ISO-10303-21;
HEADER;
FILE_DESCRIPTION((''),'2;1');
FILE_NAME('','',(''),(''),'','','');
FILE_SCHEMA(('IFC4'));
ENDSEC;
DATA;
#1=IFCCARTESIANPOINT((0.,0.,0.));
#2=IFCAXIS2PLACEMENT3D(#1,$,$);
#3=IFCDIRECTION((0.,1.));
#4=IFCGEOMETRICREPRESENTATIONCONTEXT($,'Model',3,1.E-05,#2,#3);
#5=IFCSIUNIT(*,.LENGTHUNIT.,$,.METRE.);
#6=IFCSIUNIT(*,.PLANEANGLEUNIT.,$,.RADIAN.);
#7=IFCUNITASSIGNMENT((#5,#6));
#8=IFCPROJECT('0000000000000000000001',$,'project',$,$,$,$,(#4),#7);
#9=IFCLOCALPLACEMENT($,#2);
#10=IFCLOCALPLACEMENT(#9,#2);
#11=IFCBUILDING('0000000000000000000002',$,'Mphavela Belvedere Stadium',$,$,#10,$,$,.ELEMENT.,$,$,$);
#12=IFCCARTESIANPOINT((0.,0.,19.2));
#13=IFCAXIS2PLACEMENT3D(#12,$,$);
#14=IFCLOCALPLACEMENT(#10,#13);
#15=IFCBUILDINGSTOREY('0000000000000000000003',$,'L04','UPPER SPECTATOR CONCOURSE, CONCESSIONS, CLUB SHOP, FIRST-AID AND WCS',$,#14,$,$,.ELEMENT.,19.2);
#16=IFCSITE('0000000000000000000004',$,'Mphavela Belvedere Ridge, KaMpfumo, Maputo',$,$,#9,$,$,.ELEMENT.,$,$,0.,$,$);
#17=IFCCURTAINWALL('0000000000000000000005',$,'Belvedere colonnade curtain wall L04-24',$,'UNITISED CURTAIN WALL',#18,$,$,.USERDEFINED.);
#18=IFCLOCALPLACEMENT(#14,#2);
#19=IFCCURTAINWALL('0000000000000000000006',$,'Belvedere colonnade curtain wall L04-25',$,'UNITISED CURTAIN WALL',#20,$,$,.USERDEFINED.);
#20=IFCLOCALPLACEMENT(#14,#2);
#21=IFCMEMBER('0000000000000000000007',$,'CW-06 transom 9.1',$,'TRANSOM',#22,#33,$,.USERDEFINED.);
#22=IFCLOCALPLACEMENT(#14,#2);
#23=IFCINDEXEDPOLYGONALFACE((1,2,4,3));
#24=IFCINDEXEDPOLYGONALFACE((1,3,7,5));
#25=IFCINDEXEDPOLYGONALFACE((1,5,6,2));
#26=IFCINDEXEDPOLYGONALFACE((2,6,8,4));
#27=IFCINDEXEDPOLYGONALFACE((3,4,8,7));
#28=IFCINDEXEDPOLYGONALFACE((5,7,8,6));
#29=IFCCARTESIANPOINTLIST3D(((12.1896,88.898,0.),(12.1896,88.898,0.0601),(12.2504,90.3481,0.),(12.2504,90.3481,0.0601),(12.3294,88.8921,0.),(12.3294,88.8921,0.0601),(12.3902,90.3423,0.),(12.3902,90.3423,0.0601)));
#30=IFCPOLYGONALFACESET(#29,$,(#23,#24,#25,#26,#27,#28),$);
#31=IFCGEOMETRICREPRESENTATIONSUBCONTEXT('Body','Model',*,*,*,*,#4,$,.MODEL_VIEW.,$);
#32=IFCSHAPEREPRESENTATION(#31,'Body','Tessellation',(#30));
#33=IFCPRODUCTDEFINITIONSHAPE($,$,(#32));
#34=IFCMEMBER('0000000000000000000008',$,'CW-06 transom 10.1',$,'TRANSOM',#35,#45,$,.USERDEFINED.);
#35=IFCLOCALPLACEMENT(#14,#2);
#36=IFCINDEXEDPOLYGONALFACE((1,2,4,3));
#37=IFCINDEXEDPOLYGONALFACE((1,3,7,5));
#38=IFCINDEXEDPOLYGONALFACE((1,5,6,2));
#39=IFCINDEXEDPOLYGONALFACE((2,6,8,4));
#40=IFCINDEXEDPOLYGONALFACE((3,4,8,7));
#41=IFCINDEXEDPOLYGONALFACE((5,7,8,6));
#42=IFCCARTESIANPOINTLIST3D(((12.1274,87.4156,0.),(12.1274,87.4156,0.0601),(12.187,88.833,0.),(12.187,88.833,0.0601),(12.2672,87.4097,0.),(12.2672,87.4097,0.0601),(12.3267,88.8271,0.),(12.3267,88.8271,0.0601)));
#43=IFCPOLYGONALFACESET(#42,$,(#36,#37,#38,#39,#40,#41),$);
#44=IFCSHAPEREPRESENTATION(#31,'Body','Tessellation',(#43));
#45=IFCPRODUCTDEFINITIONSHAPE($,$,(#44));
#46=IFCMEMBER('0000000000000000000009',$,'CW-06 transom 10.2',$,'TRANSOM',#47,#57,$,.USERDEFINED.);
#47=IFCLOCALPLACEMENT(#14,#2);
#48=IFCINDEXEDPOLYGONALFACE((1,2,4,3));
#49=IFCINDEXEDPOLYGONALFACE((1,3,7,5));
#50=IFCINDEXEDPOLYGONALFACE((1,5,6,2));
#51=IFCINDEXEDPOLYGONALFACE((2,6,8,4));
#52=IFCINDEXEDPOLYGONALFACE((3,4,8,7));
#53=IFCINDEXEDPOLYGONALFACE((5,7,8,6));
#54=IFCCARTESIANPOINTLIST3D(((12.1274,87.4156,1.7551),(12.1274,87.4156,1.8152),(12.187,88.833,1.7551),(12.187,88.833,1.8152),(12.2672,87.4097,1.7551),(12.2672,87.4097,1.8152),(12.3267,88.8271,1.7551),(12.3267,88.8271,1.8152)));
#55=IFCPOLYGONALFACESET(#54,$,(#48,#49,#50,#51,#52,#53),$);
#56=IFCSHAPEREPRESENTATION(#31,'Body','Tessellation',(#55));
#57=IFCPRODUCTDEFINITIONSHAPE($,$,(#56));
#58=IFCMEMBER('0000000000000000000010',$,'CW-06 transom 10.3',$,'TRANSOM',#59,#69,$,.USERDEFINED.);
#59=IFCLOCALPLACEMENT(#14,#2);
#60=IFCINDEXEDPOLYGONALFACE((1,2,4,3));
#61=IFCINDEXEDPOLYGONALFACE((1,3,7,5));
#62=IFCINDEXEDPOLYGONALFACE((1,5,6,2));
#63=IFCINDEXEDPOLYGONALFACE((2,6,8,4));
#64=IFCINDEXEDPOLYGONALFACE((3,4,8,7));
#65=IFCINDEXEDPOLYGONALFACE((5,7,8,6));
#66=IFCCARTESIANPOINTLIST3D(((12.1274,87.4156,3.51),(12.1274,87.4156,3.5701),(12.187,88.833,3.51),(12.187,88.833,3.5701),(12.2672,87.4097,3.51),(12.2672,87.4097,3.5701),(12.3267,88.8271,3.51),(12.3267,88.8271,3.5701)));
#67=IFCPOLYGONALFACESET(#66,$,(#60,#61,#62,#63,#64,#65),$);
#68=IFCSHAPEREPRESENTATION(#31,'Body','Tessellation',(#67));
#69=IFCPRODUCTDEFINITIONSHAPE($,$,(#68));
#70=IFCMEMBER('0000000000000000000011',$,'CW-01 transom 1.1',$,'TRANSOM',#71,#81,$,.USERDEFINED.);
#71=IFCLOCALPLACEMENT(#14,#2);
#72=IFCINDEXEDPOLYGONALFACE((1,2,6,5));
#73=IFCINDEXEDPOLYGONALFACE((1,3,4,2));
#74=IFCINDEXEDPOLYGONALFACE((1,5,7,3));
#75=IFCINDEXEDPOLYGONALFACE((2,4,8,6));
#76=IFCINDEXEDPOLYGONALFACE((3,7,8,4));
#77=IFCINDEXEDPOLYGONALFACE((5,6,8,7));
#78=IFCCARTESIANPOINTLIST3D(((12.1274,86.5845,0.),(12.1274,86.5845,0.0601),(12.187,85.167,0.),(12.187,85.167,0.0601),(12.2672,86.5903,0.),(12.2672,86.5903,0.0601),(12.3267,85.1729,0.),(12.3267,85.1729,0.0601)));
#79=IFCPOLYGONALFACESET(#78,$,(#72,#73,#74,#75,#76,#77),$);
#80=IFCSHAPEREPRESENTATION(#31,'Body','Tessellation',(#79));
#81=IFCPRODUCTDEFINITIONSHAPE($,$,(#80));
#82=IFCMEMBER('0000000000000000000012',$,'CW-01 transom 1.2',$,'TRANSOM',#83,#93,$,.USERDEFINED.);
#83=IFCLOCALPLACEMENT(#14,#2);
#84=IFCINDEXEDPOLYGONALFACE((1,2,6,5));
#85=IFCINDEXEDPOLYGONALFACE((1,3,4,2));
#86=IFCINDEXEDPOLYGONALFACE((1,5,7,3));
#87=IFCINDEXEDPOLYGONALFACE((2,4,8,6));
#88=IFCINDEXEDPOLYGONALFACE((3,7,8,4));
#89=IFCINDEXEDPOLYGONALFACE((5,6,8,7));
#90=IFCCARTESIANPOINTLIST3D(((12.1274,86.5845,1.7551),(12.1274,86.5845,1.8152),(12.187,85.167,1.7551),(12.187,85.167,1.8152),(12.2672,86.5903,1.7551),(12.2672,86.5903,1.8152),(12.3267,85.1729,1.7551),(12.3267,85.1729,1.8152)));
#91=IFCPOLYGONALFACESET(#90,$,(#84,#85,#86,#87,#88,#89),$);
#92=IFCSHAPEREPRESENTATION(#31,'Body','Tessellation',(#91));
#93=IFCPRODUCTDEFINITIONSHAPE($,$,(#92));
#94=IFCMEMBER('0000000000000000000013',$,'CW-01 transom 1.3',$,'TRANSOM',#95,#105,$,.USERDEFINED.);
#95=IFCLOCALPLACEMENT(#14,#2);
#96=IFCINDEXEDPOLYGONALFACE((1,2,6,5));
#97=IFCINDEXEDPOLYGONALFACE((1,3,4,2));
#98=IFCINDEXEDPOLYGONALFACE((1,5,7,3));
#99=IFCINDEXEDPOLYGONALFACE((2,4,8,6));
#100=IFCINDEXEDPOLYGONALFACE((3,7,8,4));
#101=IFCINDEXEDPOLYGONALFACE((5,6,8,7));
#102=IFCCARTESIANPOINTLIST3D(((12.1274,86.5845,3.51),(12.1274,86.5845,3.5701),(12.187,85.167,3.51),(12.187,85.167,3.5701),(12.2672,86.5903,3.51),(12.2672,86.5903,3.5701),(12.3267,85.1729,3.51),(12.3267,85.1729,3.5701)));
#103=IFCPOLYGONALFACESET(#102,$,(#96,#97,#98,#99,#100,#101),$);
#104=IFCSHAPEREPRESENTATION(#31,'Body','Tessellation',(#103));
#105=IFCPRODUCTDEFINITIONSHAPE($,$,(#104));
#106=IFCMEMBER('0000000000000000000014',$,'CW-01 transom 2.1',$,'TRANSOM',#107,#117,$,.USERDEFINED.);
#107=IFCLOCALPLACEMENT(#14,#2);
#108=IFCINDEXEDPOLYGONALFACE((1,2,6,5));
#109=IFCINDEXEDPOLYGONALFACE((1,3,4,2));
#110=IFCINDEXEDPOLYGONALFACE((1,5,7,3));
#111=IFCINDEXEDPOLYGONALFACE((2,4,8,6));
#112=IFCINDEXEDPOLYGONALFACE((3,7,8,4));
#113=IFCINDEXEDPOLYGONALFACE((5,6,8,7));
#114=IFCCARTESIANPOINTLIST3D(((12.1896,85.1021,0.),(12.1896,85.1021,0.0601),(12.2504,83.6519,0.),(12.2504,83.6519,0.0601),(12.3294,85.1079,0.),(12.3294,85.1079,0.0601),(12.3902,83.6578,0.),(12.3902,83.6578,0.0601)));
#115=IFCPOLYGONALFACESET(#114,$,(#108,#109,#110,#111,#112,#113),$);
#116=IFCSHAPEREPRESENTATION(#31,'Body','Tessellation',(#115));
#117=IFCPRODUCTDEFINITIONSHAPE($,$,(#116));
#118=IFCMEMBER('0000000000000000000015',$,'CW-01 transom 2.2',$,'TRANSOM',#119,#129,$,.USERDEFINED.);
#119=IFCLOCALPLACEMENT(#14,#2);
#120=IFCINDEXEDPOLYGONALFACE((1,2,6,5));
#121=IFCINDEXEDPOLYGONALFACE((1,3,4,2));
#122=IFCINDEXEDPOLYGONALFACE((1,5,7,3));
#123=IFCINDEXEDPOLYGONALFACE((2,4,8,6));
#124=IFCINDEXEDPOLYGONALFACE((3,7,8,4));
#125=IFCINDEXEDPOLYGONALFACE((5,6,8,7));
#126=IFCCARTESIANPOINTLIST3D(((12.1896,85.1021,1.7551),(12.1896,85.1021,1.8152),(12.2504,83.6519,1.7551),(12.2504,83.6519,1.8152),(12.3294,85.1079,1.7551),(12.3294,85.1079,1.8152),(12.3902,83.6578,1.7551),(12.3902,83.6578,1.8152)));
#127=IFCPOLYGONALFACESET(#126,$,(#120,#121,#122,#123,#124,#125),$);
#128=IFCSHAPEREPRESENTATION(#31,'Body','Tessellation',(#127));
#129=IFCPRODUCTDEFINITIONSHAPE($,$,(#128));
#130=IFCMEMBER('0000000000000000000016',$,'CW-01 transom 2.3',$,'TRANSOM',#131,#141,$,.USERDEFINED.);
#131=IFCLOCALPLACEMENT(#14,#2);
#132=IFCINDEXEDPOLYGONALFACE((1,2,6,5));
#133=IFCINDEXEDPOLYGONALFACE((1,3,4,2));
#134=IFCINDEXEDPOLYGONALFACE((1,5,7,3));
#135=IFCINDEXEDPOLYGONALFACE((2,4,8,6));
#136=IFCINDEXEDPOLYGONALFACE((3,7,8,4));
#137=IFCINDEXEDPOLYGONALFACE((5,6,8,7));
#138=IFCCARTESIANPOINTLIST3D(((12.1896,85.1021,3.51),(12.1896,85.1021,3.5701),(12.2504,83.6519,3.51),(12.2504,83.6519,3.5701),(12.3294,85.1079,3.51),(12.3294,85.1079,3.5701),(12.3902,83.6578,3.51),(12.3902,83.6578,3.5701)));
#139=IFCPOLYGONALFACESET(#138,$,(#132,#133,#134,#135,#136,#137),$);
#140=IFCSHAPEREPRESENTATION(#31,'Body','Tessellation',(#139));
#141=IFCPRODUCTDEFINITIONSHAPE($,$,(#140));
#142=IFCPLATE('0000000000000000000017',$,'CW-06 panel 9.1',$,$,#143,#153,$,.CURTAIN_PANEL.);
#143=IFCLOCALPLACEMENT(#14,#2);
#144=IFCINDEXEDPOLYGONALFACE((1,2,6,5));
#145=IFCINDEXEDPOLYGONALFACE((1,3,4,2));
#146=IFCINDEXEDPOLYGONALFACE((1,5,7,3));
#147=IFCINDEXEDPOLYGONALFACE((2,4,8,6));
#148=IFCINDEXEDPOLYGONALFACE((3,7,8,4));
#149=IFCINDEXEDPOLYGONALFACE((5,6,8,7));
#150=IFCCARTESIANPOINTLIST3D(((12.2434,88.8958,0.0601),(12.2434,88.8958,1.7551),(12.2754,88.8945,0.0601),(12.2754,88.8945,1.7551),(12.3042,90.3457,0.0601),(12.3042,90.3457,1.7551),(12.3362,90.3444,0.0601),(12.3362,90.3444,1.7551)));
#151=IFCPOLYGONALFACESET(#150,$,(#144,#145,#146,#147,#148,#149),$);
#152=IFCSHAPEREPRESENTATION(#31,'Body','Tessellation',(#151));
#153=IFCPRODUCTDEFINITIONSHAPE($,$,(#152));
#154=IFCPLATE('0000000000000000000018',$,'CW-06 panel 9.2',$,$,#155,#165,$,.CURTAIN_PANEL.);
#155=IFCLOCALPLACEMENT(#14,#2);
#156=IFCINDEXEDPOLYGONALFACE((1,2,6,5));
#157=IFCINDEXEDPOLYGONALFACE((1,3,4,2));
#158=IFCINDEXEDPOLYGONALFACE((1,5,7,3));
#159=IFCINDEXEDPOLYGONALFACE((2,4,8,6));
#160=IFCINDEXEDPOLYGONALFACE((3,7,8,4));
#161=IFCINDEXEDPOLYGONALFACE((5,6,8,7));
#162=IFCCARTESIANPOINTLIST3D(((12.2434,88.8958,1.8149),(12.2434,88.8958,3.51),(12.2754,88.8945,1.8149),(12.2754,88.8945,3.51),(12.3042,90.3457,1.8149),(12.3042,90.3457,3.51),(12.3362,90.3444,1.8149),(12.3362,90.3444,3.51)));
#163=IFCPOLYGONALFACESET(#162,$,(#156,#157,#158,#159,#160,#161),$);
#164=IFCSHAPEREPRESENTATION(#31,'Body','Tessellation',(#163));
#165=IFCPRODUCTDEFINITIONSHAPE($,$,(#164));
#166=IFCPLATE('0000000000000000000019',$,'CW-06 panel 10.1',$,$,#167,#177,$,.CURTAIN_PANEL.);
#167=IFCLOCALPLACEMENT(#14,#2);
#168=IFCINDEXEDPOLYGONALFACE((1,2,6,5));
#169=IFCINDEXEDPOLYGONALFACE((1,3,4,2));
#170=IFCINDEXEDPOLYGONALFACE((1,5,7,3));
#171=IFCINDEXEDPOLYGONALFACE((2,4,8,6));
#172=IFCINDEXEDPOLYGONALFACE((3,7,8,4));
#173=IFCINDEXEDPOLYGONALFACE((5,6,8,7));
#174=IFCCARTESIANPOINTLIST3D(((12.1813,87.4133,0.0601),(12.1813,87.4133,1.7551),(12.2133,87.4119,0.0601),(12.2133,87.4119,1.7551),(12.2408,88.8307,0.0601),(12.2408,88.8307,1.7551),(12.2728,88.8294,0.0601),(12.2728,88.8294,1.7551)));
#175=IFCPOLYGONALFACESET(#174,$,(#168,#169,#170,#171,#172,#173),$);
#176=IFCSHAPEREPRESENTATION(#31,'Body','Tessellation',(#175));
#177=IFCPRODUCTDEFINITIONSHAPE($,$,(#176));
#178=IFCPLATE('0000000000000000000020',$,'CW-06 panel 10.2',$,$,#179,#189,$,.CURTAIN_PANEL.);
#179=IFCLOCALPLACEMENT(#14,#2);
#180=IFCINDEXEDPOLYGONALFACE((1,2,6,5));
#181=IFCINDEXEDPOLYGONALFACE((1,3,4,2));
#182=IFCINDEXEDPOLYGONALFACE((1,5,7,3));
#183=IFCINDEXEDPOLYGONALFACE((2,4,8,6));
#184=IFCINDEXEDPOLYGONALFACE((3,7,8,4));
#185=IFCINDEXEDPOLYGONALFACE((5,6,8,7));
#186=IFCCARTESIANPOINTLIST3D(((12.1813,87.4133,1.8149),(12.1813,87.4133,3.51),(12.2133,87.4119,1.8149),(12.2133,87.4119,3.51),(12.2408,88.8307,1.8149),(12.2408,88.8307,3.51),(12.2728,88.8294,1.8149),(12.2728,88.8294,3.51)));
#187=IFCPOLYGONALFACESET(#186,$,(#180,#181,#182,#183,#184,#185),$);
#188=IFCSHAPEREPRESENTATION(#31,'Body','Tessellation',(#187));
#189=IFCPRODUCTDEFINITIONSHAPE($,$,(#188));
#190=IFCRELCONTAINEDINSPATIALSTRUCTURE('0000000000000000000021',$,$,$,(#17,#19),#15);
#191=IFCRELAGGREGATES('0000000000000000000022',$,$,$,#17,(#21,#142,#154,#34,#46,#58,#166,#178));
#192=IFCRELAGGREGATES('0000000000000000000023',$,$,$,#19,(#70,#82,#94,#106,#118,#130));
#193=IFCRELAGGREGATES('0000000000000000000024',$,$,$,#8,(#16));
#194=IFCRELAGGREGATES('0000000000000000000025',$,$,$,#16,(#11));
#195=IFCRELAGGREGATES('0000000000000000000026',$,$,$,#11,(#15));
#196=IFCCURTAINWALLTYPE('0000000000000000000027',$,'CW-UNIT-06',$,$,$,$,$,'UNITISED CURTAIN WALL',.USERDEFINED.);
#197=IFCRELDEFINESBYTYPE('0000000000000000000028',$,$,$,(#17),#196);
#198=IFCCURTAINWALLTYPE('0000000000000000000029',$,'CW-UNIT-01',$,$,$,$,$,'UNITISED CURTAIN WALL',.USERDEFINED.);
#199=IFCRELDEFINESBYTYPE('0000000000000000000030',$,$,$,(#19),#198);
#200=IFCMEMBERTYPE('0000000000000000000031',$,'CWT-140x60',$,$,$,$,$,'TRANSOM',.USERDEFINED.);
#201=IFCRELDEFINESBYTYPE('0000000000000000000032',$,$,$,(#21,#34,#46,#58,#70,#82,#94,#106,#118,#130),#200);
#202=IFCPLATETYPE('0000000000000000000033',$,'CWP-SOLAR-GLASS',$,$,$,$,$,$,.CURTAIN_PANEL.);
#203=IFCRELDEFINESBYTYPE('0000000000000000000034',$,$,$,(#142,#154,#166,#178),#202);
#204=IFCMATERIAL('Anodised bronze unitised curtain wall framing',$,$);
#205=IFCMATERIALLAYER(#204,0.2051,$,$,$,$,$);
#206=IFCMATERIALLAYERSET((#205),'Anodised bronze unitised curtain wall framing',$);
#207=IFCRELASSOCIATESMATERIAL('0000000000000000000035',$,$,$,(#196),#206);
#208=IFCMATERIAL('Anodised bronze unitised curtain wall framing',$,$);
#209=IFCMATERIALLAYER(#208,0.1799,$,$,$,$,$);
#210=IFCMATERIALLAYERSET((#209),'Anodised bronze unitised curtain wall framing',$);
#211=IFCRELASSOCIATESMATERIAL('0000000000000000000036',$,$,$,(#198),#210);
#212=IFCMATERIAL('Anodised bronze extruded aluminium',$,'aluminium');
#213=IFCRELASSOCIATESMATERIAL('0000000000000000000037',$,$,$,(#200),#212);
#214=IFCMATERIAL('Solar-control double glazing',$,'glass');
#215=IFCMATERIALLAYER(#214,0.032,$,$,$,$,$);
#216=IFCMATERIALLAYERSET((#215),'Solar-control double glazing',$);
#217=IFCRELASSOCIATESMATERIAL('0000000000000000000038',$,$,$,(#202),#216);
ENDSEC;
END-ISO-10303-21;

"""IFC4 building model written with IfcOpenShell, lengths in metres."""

from ifc_helpers import new_model, si_unit, direction, frame, origin, origin_2d, place, context, subcontext, project, spatial, rectangle, extrude, material, layer, layer_set, material_profile, profile_set, type_object, element, aggregate, save


model = new_model("IFC4")

# Units and contexts
model_context = context("Model", 3, precision=1e-05, world=origin(), true_north=direction((0.0, 1.0)))
body_context = subcontext(model_context, "Body", "Model", "MODEL_VIEW")
ifc_project = project(units=[si_unit("LENGTHUNIT", "METRE"), si_unit("PLANEANGLEUNIT", "RADIAN")], contexts=[model_context])

# Site, building, storey
site_placement = place(None, origin())
site = spatial("IfcSite", under=ifc_project, at=site_placement, Name="Mphavela Belvedere Ridge, KaMpfumo, Maputo", CompositionType="ELEMENT", RefElevation=0.0)
building_placement = place(site_placement, origin())
building = spatial("IfcBuilding", under=site, at=building_placement, Name="Mphavela Belvedere Stadium", CompositionType="ELEMENT")
storey_placement = place(building_placement, frame((0.0, 0.0, 19.2)))
storey = spatial("IfcBuildingStorey", under=building, at=storey_placement, Name="L04", Description="UPPER SPECTATOR CONCOURSE, CONCESSIONS, CLUB SHOP, FIRST-AID AND WCS", CompositionType="ELEMENT", Elevation=19.2)

# Curtain walls
ifc_material_1 = material(Name="Anodised bronze unitised curtain wall framing")
ifc_layer_1 = layer(ifc_material_1, 0.2051)
ifc_layer_set_1 = layer_set([ifc_layer_1], Name="Anodised bronze unitised curtain wall framing")
curtain_wall_type_1 = type_object("IfcCurtainWallType", Name="CW-UNIT-06", ElementType="UNITISED CURTAIN WALL", PredefinedType="USERDEFINED", material=ifc_layer_set_1)
curtain_wall_1_placement = place(storey_placement, origin())
curtain_wall_1 = element("IfcCurtainWall", 1, at=curtain_wall_1_placement, inside=storey, type_object=curtain_wall_type_1, Name="Belvedere colonnade curtain wall L04-24", ObjectType="UNITISED CURTAIN WALL", PredefinedType="USERDEFINED")
ifc_material_2 = material(Name="Anodised bronze unitised curtain wall framing")
ifc_layer_2 = layer(ifc_material_2, 0.1799)
ifc_layer_set_2 = layer_set([ifc_layer_2], Name="Anodised bronze unitised curtain wall framing")
curtain_wall_type_2 = type_object("IfcCurtainWallType", Name="CW-UNIT-01", ElementType="UNITISED CURTAIN WALL", PredefinedType="USERDEFINED", material=ifc_layer_set_2)
curtain_wall_2_placement = place(storey_placement, origin())
curtain_wall_2 = element("IfcCurtainWall", 2, at=curtain_wall_2_placement, inside=storey, type_object=curtain_wall_type_2, Name="Belvedere colonnade curtain wall L04-25", ObjectType="UNITISED CURTAIN WALL", PredefinedType="USERDEFINED")

# Members
ifc_material_3 = material(Name="Anodised bronze extruded aluminium", Category="aluminium")
ifc_material_profile_1 = material_profile(ifc_material_3, rectangle(XDim=0.1399, YDim=0.0601, at=origin_2d()), Name="CW-TRN 140x60")
ifc_profile_set_1 = profile_set([ifc_material_profile_1], Name="Anodised bronze extruded aluminium")
member_type_1 = type_object("IfcMemberType", Name="CWT-140x60", ElementType="TRANSOM", PredefinedType="USERDEFINED", material=ifc_profile_set_1)
member_1_placement = place(storey_placement, frame((12.3203, 90.3452, 0.03), z_axis=(-0.041882, -0.999123, 0.0), x_axis=(0.999123, -0.041882, 0.0)))
member_1 = element("IfcMember", 3, at=member_1_placement, type_object=member_type_1, Name="CW-06 transom 9.1", ObjectType="TRANSOM", PredefinedType="USERDEFINED", context=body_context, shape_type="SweptSolid", body=[
    extrude(rectangle(XDim=0.1399, YDim=0.0601, at=origin_2d()), origin(), (0.0, 0.0, 1.0), 1.4514),
])
member_2_placement = place(storey_placement, frame((12.2568, 88.8301, 0.03), z_axis=(-0.041988, -0.999118, 0.0), x_axis=(0.999118, -0.041988, 0.0)))
member_2 = element("IfcMember", 4, at=member_2_placement, type_object=member_type_1, Name="CW-06 transom 10.1", ObjectType="TRANSOM", PredefinedType="USERDEFINED", context=body_context, shape_type="SweptSolid", body=[
    extrude(rectangle(XDim=0.1399, YDim=0.0601, at=origin_2d()), origin(), (0.0, 0.0, 1.0), 1.4187),
])
member_3_placement = place(storey_placement, frame((12.2568, 88.8301, 1.7852), z_axis=(-0.041988, -0.999118, 0.0), x_axis=(0.999118, -0.041988, 0.0)))
member_3 = element("IfcMember", 5, at=member_3_placement, type_object=member_type_1, Name="CW-06 transom 10.2", ObjectType="TRANSOM", PredefinedType="USERDEFINED", context=body_context, shape_type="SweptSolid", body=[
    extrude(rectangle(XDim=0.1399, YDim=0.0601, at=origin_2d()), origin(), (0.0, 0.0, 1.0), 1.4187),
])
member_4_placement = place(storey_placement, frame((12.2568, 88.8301, 3.54), z_axis=(-0.041988, -0.999118, 0.0), x_axis=(0.999118, -0.041988, 0.0)))
member_4 = element("IfcMember", 6, at=member_4_placement, type_object=member_type_1, Name="CW-06 transom 10.3", ObjectType="TRANSOM", PredefinedType="USERDEFINED", context=body_context, shape_type="SweptSolid", body=[
    extrude(rectangle(XDim=0.1399, YDim=0.0601, at=origin_2d()), origin(), (0.0, 0.0, 1.0), 1.4187),
])
member_5_placement = place(storey_placement, frame((12.1973, 86.5874, 0.03), z_axis=(0.041988, -0.999118, 0.0), x_axis=(0.999118, 0.041988, 0.0)))
member_5 = element("IfcMember", 7, at=member_5_placement, type_object=member_type_1, Name="CW-01 transom 1.1", ObjectType="TRANSOM", PredefinedType="USERDEFINED", context=body_context, shape_type="SweptSolid", body=[
    extrude(rectangle(XDim=0.1399, YDim=0.0601, at=origin_2d()), origin(), (0.0, 0.0, 1.0), 1.4187),
])
member_6_placement = place(storey_placement, frame((12.1973, 86.5874, 1.7852), z_axis=(0.041988, -0.999118, 0.0), x_axis=(0.999118, 0.041988, 0.0)))
member_6 = element("IfcMember", 8, at=member_6_placement, type_object=member_type_1, Name="CW-01 transom 1.2", ObjectType="TRANSOM", PredefinedType="USERDEFINED", context=body_context, shape_type="SweptSolid", body=[
    extrude(rectangle(XDim=0.1399, YDim=0.0601, at=origin_2d()), origin(), (0.0, 0.0, 1.0), 1.4187),
])
member_7_placement = place(storey_placement, frame((12.1973, 86.5874, 3.54), z_axis=(0.041988, -0.999118, 0.0), x_axis=(0.999118, 0.041988, 0.0)))
member_7 = element("IfcMember", 9, at=member_7_placement, type_object=member_type_1, Name="CW-01 transom 1.3", ObjectType="TRANSOM", PredefinedType="USERDEFINED", context=body_context, shape_type="SweptSolid", body=[
    extrude(rectangle(XDim=0.1399, YDim=0.0601, at=origin_2d()), origin(), (0.0, 0.0, 1.0), 1.4187),
])
member_8_placement = place(storey_placement, frame((12.2595, 85.105, 0.03), z_axis=(0.041882, -0.999123, 0.0), x_axis=(0.999123, 0.041882, 0.0)))
member_8 = element("IfcMember", 10, at=member_8_placement, type_object=member_type_1, Name="CW-01 transom 2.1", ObjectType="TRANSOM", PredefinedType="USERDEFINED", context=body_context, shape_type="SweptSolid", body=[
    extrude(rectangle(XDim=0.1399, YDim=0.0601, at=origin_2d()), origin(), (0.0, 0.0, 1.0), 1.4514),
])
member_9_placement = place(storey_placement, frame((12.2595, 85.105, 1.7852), z_axis=(0.041882, -0.999123, 0.0), x_axis=(0.999123, 0.041882, 0.0)))
member_9 = element("IfcMember", 11, at=member_9_placement, type_object=member_type_1, Name="CW-01 transom 2.2", ObjectType="TRANSOM", PredefinedType="USERDEFINED", context=body_context, shape_type="SweptSolid", body=[
    extrude(rectangle(XDim=0.1399, YDim=0.0601, at=origin_2d()), origin(), (0.0, 0.0, 1.0), 1.4514),
])
member_10_placement = place(storey_placement, frame((12.2595, 85.105, 3.54), z_axis=(0.041882, -0.999123, 0.0), x_axis=(0.999123, 0.041882, 0.0)))
member_10 = element("IfcMember", 12, at=member_10_placement, type_object=member_type_1, Name="CW-01 transom 2.3", ObjectType="TRANSOM", PredefinedType="USERDEFINED", context=body_context, shape_type="SweptSolid", body=[
    extrude(rectangle(XDim=0.1399, YDim=0.0601, at=origin_2d()), origin(), (0.0, 0.0, 1.0), 1.4514),
])

# Plates
ifc_material_4 = material(Name="Solar-control double glazing", Category="glass")
ifc_layer_3 = layer(ifc_material_4, 0.032)
ifc_layer_set_3 = layer_set([ifc_layer_3], Name="Solar-control double glazing")
plate_type = type_object("IfcPlateType", Name="CWP-SOLAR-GLASS", PredefinedType="CURTAIN_PANEL", material=ifc_layer_set_3)
plate_1_placement = place(storey_placement, frame((12.2898, 89.6201, 0.0601), z_axis=(0.0, 0.0, 1.0), x_axis=(-0.041905, -0.999122, 0.0)))
plate_1 = element("IfcPlate", 13, at=plate_1_placement, type_object=plate_type, Name="CW-06 panel 9.1", PredefinedType="CURTAIN_PANEL", context=body_context, shape_type="SweptSolid", body=[
    extrude(rectangle(XDim=1.4512, YDim=0.032, at=origin_2d()), origin(), (0.0, 0.0, 1.0), 1.6951),
])
plate_2_placement = place(storey_placement, frame((12.2898, 89.6201, 1.8149), z_axis=(0.0, 0.0, 1.0), x_axis=(-0.041905, -0.999122, 0.0)))
plate_2 = element("IfcPlate", 14, at=plate_2_placement, type_object=plate_type, Name="CW-06 panel 9.2", PredefinedType="CURTAIN_PANEL", context=body_context, shape_type="SweptSolid", body=[
    extrude(rectangle(XDim=1.4512, YDim=0.032, at=origin_2d()), origin(), (0.0, 0.0, 1.0), 1.6951),
])
plate_3_placement = place(storey_placement, frame((12.2271, 88.1213, 0.0601), z_axis=(0.0, 0.0, 1.0), x_axis=(-0.041905, -0.999122, 0.0)))
plate_3 = element("IfcPlate", 15, at=plate_3_placement, type_object=plate_type, Name="CW-06 panel 10.1", PredefinedType="CURTAIN_PANEL", context=body_context, shape_type="SweptSolid", body=[
    extrude(rectangle(XDim=1.4187, YDim=0.032, at=origin_2d()), origin(), (0.0, 0.0, 1.0), 1.6951),
])
plate_4_placement = place(storey_placement, frame((12.2271, 88.1213, 1.8149), z_axis=(0.0, 0.0, 1.0), x_axis=(-0.041905, -0.999122, 0.0)))
plate_4 = element("IfcPlate", 16, at=plate_4_placement, type_object=plate_type, Name="CW-06 panel 10.2", PredefinedType="CURTAIN_PANEL", context=body_context, shape_type="SweptSolid", body=[
    extrude(rectangle(XDim=1.4187, YDim=0.032, at=origin_2d()), origin(), (0.0, 0.0, 1.0), 1.6951),
])
aggregate(curtain_wall_1, [member_1, plate_1, plate_2, member_2, member_3, member_4, plate_3, plate_4])
aggregate(curtain_wall_2, [member_5, member_6, member_7, member_8, member_9, member_10])

save(model, "model.ifc")
